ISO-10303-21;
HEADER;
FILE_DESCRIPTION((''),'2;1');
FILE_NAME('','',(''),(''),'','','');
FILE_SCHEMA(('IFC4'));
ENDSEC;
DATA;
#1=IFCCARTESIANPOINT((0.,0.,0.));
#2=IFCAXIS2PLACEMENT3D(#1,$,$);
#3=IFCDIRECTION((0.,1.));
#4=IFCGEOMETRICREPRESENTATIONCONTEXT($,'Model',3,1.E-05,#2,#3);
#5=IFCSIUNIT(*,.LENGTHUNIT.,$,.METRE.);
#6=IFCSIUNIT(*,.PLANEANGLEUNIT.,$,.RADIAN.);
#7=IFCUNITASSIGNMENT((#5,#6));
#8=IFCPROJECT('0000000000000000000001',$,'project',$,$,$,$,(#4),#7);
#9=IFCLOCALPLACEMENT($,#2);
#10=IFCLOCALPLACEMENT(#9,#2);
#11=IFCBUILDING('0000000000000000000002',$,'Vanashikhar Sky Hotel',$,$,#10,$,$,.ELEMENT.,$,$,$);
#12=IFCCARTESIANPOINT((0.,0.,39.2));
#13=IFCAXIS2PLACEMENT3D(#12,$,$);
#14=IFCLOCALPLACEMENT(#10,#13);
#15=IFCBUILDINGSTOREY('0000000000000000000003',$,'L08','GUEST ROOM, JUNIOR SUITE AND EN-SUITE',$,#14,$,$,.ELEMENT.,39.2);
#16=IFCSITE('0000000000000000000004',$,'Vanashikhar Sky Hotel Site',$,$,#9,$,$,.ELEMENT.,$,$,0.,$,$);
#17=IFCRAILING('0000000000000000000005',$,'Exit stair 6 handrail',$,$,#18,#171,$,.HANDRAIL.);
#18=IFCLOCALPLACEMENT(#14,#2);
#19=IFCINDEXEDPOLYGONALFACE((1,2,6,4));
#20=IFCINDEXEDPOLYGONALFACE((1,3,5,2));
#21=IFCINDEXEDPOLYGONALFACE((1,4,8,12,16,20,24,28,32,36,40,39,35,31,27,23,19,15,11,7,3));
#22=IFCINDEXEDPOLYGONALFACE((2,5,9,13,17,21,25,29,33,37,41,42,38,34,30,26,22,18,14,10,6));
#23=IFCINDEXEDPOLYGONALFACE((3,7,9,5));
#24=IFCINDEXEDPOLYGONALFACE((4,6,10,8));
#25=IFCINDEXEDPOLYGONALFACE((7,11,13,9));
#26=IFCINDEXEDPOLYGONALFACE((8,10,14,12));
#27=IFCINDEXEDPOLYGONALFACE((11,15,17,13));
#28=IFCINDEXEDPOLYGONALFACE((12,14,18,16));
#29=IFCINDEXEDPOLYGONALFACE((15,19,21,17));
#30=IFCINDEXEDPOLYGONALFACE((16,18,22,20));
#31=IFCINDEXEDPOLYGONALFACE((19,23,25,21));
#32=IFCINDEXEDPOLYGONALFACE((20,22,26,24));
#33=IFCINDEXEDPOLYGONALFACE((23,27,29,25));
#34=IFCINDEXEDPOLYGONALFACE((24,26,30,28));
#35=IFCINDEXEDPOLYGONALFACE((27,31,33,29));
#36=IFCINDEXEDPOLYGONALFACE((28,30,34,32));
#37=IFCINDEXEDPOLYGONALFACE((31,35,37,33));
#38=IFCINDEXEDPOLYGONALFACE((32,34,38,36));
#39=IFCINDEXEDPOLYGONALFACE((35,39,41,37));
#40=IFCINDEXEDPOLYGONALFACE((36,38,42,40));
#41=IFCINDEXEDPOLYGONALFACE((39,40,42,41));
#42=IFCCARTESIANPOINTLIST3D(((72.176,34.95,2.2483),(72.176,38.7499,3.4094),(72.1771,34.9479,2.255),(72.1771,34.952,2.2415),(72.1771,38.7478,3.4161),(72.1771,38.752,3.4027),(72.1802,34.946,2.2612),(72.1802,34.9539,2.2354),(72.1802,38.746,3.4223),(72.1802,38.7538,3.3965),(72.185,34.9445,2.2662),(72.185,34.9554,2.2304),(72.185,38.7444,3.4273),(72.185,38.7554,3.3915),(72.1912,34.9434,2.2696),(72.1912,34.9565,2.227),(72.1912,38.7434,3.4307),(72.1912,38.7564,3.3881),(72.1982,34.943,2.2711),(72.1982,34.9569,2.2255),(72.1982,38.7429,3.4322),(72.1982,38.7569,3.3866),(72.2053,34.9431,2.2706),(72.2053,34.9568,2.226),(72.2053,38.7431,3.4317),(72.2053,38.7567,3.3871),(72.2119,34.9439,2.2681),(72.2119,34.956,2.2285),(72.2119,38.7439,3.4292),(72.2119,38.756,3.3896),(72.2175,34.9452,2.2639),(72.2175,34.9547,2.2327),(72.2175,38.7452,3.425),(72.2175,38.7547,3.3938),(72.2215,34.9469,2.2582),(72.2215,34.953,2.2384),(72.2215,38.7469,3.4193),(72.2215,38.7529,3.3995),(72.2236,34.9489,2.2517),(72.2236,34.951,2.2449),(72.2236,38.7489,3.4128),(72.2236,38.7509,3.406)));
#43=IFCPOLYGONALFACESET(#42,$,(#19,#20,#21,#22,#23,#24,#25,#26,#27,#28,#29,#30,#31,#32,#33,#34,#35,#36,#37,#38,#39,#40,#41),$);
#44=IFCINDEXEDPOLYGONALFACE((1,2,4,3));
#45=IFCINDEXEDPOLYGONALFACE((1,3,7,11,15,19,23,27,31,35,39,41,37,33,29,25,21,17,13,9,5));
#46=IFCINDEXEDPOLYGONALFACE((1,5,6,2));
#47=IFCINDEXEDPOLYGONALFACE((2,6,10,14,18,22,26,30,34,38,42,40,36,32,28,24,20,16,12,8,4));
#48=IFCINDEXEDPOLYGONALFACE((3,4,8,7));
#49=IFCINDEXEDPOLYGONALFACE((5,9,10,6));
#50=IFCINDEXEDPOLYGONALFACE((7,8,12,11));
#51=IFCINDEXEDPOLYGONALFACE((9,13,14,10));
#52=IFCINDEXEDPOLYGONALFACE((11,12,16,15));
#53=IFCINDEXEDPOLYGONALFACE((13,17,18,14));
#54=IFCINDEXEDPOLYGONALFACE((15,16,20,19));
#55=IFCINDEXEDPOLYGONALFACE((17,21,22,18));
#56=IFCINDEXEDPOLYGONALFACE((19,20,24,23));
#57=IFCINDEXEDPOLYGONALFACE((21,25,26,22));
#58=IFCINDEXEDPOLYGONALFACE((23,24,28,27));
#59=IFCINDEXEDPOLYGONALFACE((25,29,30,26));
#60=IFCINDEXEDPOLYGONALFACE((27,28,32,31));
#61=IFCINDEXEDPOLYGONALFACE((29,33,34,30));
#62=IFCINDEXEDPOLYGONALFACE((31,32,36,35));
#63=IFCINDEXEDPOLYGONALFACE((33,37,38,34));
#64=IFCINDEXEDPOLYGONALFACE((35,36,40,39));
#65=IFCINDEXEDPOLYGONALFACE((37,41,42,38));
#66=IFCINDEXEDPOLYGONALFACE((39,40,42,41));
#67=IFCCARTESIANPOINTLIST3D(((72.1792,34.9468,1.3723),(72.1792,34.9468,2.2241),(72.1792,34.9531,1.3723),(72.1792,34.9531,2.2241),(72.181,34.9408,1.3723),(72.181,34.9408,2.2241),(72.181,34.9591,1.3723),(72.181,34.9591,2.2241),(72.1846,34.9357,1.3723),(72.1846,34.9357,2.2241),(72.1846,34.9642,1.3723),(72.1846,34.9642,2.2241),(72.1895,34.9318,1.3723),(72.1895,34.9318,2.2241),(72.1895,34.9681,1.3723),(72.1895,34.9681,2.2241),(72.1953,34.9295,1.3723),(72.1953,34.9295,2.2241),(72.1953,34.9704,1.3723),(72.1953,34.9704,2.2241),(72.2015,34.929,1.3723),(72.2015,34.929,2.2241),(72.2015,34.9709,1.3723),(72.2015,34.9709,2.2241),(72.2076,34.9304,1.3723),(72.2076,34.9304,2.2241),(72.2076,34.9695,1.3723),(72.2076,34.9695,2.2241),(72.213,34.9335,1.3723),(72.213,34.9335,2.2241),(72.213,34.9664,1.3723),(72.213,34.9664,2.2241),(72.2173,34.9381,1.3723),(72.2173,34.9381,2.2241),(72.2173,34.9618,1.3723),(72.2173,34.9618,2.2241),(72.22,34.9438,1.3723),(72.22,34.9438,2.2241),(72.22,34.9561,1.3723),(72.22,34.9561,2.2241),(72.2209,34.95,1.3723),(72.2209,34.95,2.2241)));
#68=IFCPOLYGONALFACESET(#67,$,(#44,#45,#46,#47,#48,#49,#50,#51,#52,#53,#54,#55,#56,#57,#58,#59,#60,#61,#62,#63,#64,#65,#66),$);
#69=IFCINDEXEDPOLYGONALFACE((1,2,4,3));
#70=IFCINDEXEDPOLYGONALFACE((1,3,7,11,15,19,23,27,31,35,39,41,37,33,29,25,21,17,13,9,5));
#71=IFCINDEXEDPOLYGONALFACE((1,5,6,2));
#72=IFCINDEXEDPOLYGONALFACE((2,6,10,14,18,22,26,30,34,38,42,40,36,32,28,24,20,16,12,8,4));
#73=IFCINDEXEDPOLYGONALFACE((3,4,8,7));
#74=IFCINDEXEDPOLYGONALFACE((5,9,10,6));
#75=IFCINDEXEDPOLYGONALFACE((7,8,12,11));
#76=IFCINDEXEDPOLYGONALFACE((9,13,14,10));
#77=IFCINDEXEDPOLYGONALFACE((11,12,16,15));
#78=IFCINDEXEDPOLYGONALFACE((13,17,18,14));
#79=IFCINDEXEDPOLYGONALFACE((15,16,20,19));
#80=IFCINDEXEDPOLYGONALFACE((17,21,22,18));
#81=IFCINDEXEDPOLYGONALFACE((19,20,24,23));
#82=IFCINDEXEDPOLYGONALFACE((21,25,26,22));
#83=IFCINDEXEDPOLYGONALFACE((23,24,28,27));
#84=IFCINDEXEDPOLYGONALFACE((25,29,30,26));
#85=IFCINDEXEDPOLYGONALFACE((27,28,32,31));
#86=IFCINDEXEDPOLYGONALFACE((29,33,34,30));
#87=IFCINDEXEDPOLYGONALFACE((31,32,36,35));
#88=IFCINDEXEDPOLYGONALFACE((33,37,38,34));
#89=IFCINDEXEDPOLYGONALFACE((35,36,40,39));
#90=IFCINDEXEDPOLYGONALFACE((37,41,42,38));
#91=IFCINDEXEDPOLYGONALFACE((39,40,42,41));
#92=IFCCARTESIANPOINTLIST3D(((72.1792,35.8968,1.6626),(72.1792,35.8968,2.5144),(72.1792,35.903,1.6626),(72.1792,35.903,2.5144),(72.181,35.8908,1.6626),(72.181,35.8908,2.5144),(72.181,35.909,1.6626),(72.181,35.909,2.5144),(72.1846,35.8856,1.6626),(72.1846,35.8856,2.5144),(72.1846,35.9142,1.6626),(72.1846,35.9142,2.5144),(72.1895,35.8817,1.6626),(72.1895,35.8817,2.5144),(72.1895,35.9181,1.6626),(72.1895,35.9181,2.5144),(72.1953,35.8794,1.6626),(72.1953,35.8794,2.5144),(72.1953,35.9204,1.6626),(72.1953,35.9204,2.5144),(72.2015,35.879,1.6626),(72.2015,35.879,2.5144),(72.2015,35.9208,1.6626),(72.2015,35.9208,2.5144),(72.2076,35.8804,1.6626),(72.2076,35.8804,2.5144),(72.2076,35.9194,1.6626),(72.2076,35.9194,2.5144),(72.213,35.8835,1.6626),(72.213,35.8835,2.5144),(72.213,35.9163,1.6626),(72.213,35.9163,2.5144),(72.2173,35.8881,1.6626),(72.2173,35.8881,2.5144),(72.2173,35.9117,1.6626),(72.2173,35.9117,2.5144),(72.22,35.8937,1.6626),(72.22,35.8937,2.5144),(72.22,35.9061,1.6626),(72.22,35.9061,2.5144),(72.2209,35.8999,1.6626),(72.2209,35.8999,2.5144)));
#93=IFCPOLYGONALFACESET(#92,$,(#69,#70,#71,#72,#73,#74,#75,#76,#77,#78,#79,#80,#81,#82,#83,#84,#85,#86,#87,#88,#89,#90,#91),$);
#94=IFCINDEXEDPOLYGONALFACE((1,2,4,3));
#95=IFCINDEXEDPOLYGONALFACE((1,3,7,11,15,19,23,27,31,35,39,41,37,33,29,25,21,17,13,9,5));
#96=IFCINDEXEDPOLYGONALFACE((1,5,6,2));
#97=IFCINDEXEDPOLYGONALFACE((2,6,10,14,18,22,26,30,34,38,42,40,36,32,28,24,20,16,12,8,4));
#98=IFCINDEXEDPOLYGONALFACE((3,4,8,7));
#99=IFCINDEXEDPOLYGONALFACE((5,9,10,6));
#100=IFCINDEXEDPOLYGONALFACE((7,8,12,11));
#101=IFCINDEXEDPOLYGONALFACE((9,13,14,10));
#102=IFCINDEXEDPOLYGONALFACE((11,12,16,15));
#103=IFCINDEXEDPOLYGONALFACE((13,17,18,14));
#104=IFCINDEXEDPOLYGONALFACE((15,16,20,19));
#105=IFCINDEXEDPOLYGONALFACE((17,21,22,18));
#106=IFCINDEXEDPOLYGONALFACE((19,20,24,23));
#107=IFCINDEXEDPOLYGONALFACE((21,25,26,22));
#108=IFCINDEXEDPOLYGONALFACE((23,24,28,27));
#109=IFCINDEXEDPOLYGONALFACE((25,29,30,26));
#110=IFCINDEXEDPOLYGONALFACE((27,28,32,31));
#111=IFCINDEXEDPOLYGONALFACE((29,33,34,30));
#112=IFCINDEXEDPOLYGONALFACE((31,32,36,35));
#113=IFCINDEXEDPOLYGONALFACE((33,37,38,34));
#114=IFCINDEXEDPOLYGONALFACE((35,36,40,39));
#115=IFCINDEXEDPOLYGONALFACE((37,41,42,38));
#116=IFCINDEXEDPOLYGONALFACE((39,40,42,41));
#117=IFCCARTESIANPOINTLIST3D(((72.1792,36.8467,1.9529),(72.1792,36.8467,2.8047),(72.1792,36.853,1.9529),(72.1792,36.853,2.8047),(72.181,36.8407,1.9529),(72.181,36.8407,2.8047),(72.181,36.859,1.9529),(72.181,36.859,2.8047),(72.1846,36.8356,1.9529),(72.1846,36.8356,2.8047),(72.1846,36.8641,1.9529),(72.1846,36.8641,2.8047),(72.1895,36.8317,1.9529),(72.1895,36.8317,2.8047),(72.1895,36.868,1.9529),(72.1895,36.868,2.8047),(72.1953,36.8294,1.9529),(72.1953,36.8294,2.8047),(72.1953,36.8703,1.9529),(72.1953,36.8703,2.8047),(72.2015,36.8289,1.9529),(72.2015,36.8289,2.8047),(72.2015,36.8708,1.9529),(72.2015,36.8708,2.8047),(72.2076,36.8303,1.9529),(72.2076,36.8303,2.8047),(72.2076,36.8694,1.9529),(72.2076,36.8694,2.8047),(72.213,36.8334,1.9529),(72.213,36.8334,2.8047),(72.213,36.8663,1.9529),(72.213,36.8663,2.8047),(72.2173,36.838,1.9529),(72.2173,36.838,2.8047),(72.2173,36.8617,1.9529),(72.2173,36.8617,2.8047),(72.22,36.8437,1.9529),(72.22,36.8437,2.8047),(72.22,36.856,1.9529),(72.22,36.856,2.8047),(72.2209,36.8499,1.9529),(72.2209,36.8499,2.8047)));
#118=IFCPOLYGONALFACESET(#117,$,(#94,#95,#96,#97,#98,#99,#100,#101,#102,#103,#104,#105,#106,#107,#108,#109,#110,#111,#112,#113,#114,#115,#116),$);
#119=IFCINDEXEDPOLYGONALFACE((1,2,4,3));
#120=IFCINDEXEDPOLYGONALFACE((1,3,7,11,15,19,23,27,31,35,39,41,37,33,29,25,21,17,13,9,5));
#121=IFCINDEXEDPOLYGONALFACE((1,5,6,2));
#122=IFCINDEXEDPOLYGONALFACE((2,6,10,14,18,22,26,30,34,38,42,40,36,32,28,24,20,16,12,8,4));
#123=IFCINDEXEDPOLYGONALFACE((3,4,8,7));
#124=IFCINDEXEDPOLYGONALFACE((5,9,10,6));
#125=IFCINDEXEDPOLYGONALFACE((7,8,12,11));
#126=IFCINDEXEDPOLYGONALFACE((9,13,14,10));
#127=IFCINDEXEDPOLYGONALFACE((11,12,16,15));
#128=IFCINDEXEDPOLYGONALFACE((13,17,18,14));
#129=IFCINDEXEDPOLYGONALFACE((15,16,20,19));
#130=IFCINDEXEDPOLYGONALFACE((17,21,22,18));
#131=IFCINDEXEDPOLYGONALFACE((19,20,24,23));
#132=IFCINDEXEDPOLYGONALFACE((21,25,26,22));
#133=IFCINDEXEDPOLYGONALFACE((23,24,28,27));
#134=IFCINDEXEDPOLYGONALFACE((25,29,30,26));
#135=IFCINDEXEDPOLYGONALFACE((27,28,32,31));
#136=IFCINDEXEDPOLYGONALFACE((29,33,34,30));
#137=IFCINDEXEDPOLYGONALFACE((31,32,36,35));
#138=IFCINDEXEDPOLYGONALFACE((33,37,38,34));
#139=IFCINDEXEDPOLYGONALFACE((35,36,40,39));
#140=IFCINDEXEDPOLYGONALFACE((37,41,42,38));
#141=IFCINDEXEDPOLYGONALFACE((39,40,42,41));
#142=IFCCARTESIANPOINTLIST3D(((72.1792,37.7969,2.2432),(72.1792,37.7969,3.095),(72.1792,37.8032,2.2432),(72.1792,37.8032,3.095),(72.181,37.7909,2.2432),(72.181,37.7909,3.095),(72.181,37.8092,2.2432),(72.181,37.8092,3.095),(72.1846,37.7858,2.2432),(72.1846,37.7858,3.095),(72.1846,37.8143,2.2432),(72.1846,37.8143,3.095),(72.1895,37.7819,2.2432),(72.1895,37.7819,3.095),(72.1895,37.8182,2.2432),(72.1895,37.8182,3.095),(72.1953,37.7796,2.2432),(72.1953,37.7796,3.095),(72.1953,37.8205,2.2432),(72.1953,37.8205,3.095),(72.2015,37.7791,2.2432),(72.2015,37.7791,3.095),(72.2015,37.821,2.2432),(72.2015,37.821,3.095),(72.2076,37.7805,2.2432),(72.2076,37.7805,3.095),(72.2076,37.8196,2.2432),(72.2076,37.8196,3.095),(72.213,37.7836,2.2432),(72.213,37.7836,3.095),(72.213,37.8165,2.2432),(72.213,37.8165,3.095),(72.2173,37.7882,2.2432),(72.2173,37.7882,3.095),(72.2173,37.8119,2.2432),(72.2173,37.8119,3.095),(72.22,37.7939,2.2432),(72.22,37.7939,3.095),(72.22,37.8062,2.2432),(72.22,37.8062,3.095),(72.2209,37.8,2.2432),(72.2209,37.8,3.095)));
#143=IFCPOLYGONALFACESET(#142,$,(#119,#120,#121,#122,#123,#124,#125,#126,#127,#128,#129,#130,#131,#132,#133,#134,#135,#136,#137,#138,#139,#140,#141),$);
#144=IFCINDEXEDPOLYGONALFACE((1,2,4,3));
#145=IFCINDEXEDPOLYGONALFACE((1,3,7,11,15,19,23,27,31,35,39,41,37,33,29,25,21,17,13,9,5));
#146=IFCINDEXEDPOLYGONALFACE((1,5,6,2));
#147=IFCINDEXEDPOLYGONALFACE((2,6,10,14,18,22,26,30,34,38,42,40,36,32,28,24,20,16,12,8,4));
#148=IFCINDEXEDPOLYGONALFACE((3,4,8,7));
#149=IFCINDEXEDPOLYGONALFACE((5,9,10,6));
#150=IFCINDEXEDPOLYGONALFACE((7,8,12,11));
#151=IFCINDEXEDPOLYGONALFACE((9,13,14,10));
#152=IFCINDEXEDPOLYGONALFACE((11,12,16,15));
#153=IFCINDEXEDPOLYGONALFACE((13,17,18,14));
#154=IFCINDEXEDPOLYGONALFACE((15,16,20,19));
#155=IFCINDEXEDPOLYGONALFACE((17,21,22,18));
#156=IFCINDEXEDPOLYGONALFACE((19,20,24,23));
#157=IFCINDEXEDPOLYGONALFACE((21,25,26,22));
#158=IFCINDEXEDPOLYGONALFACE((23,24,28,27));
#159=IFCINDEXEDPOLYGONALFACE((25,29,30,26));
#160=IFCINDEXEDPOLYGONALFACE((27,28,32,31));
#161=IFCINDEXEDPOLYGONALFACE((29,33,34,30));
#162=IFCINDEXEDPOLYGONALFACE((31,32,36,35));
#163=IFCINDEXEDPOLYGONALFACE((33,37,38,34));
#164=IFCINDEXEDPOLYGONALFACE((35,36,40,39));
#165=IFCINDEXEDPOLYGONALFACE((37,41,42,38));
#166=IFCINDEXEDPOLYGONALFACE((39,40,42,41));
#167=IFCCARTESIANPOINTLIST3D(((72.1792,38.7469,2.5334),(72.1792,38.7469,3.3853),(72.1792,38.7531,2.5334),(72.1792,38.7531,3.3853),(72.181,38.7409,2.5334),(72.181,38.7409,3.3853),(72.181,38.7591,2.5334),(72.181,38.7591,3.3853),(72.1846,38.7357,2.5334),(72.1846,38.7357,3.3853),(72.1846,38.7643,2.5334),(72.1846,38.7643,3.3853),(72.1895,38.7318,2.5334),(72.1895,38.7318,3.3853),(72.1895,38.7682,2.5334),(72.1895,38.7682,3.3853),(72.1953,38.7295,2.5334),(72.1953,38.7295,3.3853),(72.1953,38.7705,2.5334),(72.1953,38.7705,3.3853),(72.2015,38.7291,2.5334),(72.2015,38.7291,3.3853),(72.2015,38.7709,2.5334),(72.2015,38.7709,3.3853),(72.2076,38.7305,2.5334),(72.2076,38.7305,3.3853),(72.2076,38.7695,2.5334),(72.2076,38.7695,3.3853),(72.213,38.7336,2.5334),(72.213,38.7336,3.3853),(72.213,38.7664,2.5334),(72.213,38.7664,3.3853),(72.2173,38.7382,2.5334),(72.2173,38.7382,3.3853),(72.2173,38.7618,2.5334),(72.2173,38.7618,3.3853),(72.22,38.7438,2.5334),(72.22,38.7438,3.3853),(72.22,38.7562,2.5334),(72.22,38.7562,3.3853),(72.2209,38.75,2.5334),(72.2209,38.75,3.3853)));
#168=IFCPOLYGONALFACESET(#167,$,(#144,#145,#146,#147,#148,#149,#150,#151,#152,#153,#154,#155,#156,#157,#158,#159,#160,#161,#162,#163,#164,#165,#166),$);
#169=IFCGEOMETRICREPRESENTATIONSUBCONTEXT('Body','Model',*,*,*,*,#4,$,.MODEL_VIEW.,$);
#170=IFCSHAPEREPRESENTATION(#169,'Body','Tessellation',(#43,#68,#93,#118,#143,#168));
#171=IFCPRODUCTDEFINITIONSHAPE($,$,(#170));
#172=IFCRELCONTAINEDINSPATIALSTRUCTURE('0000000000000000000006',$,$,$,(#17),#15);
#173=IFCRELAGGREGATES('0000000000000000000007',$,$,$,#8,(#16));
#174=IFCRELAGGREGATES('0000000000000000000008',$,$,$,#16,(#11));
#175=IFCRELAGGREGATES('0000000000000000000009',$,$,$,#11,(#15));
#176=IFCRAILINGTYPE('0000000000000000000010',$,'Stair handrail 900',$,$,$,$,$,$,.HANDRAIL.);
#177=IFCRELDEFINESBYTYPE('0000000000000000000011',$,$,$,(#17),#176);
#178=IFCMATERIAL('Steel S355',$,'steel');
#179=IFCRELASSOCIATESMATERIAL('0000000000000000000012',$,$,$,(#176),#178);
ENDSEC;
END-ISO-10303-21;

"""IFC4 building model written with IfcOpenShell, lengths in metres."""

from ifc_helpers import new_model, si_unit, direction, frame, origin, origin_2d, place, context, subcontext, project, spatial, circle, extrude, source, transform, mapped, material, type_object, element, save


model = new_model("IFC4")

# Units and contexts
model_context = context("Model", 3, precision=1e-05, world=origin(), true_north=direction((0.0, 1.0)))
body_context = subcontext(model_context, "Body", "Model", "MODEL_VIEW")
ifc_project = project(units=[si_unit("LENGTHUNIT", "METRE"), si_unit("PLANEANGLEUNIT", "RADIAN")], contexts=[model_context])

# Site, building, storey
site_placement = place(None, origin())
site = spatial("IfcSite", under=ifc_project, at=site_placement, Name="Vanashikhar Sky Hotel Site", CompositionType="ELEMENT", RefElevation=0.0)
building_placement = place(site_placement, origin())
building = spatial("IfcBuilding", under=site, at=building_placement, Name="Vanashikhar Sky Hotel", CompositionType="ELEMENT")
storey_placement = place(building_placement, frame((0.0, 0.0, 39.2)))
storey = spatial("IfcBuildingStorey", under=building, at=storey_placement, Name="L08", Description="GUEST ROOM, JUNIOR SUITE AND EN-SUITE", CompositionType="ELEMENT", Elevation=39.2)

# Railing
ifc_material_1 = material(Name="Steel S355", Category="steel")
railing_type_1 = type_object("IfcRailingType", Name="Stair handrail 900", PredefinedType="HANDRAIL", material=ifc_material_1)
shared_shape_1 = source(origin(), body_context, "Body", "SweptSolid", [
    extrude(circle(Radius=0.0239, at=origin_2d()), frame((0.0, 0.0, 0.876), z_axis=(0.0, 0.956351, 0.29222), x_axis=(-1.0, 0.0, 0.0)), (0.0, 0.0, 1.0), 3.9734),
    extrude(circle(Radius=0.021, at=origin_2d()), origin(), (0.0, 0.0, 1.0), 0.8518),
    extrude(circle(Radius=0.021, at=origin_2d()), frame((0.0, 0.95, 0.2903)), (0.0, 0.0, 1.0), 0.8518),
    extrude(circle(Radius=0.021, at=origin_2d()), frame((0.0, 1.8999, 0.5806)), (0.0, 0.0, 1.0), 0.8518),
    extrude(circle(Radius=0.021, at=origin_2d()), frame((0.0, 2.8501, 0.8708)), (0.0, 0.0, 1.0), 0.8518),
    extrude(circle(Radius=0.021, at=origin_2d()), frame((0.0, 3.8, 1.1611)), (0.0, 0.0, 1.0), 0.8518),
])
railing_1_placement = place(storey_placement, frame((72.2, 34.95, 1.3723)))
element("IfcRailing", 1, at=railing_1_placement, inside=storey, type_object=railing_type_1, Name="Exit stair 6 handrail", PredefinedType="HANDRAIL", context=body_context, shape_type="MappedRepresentation", body=[
    mapped(shared_shape_1, transform((0.0, 0.0, 0.0), scale=1.0)),
])

save(model, "model.ifc")
